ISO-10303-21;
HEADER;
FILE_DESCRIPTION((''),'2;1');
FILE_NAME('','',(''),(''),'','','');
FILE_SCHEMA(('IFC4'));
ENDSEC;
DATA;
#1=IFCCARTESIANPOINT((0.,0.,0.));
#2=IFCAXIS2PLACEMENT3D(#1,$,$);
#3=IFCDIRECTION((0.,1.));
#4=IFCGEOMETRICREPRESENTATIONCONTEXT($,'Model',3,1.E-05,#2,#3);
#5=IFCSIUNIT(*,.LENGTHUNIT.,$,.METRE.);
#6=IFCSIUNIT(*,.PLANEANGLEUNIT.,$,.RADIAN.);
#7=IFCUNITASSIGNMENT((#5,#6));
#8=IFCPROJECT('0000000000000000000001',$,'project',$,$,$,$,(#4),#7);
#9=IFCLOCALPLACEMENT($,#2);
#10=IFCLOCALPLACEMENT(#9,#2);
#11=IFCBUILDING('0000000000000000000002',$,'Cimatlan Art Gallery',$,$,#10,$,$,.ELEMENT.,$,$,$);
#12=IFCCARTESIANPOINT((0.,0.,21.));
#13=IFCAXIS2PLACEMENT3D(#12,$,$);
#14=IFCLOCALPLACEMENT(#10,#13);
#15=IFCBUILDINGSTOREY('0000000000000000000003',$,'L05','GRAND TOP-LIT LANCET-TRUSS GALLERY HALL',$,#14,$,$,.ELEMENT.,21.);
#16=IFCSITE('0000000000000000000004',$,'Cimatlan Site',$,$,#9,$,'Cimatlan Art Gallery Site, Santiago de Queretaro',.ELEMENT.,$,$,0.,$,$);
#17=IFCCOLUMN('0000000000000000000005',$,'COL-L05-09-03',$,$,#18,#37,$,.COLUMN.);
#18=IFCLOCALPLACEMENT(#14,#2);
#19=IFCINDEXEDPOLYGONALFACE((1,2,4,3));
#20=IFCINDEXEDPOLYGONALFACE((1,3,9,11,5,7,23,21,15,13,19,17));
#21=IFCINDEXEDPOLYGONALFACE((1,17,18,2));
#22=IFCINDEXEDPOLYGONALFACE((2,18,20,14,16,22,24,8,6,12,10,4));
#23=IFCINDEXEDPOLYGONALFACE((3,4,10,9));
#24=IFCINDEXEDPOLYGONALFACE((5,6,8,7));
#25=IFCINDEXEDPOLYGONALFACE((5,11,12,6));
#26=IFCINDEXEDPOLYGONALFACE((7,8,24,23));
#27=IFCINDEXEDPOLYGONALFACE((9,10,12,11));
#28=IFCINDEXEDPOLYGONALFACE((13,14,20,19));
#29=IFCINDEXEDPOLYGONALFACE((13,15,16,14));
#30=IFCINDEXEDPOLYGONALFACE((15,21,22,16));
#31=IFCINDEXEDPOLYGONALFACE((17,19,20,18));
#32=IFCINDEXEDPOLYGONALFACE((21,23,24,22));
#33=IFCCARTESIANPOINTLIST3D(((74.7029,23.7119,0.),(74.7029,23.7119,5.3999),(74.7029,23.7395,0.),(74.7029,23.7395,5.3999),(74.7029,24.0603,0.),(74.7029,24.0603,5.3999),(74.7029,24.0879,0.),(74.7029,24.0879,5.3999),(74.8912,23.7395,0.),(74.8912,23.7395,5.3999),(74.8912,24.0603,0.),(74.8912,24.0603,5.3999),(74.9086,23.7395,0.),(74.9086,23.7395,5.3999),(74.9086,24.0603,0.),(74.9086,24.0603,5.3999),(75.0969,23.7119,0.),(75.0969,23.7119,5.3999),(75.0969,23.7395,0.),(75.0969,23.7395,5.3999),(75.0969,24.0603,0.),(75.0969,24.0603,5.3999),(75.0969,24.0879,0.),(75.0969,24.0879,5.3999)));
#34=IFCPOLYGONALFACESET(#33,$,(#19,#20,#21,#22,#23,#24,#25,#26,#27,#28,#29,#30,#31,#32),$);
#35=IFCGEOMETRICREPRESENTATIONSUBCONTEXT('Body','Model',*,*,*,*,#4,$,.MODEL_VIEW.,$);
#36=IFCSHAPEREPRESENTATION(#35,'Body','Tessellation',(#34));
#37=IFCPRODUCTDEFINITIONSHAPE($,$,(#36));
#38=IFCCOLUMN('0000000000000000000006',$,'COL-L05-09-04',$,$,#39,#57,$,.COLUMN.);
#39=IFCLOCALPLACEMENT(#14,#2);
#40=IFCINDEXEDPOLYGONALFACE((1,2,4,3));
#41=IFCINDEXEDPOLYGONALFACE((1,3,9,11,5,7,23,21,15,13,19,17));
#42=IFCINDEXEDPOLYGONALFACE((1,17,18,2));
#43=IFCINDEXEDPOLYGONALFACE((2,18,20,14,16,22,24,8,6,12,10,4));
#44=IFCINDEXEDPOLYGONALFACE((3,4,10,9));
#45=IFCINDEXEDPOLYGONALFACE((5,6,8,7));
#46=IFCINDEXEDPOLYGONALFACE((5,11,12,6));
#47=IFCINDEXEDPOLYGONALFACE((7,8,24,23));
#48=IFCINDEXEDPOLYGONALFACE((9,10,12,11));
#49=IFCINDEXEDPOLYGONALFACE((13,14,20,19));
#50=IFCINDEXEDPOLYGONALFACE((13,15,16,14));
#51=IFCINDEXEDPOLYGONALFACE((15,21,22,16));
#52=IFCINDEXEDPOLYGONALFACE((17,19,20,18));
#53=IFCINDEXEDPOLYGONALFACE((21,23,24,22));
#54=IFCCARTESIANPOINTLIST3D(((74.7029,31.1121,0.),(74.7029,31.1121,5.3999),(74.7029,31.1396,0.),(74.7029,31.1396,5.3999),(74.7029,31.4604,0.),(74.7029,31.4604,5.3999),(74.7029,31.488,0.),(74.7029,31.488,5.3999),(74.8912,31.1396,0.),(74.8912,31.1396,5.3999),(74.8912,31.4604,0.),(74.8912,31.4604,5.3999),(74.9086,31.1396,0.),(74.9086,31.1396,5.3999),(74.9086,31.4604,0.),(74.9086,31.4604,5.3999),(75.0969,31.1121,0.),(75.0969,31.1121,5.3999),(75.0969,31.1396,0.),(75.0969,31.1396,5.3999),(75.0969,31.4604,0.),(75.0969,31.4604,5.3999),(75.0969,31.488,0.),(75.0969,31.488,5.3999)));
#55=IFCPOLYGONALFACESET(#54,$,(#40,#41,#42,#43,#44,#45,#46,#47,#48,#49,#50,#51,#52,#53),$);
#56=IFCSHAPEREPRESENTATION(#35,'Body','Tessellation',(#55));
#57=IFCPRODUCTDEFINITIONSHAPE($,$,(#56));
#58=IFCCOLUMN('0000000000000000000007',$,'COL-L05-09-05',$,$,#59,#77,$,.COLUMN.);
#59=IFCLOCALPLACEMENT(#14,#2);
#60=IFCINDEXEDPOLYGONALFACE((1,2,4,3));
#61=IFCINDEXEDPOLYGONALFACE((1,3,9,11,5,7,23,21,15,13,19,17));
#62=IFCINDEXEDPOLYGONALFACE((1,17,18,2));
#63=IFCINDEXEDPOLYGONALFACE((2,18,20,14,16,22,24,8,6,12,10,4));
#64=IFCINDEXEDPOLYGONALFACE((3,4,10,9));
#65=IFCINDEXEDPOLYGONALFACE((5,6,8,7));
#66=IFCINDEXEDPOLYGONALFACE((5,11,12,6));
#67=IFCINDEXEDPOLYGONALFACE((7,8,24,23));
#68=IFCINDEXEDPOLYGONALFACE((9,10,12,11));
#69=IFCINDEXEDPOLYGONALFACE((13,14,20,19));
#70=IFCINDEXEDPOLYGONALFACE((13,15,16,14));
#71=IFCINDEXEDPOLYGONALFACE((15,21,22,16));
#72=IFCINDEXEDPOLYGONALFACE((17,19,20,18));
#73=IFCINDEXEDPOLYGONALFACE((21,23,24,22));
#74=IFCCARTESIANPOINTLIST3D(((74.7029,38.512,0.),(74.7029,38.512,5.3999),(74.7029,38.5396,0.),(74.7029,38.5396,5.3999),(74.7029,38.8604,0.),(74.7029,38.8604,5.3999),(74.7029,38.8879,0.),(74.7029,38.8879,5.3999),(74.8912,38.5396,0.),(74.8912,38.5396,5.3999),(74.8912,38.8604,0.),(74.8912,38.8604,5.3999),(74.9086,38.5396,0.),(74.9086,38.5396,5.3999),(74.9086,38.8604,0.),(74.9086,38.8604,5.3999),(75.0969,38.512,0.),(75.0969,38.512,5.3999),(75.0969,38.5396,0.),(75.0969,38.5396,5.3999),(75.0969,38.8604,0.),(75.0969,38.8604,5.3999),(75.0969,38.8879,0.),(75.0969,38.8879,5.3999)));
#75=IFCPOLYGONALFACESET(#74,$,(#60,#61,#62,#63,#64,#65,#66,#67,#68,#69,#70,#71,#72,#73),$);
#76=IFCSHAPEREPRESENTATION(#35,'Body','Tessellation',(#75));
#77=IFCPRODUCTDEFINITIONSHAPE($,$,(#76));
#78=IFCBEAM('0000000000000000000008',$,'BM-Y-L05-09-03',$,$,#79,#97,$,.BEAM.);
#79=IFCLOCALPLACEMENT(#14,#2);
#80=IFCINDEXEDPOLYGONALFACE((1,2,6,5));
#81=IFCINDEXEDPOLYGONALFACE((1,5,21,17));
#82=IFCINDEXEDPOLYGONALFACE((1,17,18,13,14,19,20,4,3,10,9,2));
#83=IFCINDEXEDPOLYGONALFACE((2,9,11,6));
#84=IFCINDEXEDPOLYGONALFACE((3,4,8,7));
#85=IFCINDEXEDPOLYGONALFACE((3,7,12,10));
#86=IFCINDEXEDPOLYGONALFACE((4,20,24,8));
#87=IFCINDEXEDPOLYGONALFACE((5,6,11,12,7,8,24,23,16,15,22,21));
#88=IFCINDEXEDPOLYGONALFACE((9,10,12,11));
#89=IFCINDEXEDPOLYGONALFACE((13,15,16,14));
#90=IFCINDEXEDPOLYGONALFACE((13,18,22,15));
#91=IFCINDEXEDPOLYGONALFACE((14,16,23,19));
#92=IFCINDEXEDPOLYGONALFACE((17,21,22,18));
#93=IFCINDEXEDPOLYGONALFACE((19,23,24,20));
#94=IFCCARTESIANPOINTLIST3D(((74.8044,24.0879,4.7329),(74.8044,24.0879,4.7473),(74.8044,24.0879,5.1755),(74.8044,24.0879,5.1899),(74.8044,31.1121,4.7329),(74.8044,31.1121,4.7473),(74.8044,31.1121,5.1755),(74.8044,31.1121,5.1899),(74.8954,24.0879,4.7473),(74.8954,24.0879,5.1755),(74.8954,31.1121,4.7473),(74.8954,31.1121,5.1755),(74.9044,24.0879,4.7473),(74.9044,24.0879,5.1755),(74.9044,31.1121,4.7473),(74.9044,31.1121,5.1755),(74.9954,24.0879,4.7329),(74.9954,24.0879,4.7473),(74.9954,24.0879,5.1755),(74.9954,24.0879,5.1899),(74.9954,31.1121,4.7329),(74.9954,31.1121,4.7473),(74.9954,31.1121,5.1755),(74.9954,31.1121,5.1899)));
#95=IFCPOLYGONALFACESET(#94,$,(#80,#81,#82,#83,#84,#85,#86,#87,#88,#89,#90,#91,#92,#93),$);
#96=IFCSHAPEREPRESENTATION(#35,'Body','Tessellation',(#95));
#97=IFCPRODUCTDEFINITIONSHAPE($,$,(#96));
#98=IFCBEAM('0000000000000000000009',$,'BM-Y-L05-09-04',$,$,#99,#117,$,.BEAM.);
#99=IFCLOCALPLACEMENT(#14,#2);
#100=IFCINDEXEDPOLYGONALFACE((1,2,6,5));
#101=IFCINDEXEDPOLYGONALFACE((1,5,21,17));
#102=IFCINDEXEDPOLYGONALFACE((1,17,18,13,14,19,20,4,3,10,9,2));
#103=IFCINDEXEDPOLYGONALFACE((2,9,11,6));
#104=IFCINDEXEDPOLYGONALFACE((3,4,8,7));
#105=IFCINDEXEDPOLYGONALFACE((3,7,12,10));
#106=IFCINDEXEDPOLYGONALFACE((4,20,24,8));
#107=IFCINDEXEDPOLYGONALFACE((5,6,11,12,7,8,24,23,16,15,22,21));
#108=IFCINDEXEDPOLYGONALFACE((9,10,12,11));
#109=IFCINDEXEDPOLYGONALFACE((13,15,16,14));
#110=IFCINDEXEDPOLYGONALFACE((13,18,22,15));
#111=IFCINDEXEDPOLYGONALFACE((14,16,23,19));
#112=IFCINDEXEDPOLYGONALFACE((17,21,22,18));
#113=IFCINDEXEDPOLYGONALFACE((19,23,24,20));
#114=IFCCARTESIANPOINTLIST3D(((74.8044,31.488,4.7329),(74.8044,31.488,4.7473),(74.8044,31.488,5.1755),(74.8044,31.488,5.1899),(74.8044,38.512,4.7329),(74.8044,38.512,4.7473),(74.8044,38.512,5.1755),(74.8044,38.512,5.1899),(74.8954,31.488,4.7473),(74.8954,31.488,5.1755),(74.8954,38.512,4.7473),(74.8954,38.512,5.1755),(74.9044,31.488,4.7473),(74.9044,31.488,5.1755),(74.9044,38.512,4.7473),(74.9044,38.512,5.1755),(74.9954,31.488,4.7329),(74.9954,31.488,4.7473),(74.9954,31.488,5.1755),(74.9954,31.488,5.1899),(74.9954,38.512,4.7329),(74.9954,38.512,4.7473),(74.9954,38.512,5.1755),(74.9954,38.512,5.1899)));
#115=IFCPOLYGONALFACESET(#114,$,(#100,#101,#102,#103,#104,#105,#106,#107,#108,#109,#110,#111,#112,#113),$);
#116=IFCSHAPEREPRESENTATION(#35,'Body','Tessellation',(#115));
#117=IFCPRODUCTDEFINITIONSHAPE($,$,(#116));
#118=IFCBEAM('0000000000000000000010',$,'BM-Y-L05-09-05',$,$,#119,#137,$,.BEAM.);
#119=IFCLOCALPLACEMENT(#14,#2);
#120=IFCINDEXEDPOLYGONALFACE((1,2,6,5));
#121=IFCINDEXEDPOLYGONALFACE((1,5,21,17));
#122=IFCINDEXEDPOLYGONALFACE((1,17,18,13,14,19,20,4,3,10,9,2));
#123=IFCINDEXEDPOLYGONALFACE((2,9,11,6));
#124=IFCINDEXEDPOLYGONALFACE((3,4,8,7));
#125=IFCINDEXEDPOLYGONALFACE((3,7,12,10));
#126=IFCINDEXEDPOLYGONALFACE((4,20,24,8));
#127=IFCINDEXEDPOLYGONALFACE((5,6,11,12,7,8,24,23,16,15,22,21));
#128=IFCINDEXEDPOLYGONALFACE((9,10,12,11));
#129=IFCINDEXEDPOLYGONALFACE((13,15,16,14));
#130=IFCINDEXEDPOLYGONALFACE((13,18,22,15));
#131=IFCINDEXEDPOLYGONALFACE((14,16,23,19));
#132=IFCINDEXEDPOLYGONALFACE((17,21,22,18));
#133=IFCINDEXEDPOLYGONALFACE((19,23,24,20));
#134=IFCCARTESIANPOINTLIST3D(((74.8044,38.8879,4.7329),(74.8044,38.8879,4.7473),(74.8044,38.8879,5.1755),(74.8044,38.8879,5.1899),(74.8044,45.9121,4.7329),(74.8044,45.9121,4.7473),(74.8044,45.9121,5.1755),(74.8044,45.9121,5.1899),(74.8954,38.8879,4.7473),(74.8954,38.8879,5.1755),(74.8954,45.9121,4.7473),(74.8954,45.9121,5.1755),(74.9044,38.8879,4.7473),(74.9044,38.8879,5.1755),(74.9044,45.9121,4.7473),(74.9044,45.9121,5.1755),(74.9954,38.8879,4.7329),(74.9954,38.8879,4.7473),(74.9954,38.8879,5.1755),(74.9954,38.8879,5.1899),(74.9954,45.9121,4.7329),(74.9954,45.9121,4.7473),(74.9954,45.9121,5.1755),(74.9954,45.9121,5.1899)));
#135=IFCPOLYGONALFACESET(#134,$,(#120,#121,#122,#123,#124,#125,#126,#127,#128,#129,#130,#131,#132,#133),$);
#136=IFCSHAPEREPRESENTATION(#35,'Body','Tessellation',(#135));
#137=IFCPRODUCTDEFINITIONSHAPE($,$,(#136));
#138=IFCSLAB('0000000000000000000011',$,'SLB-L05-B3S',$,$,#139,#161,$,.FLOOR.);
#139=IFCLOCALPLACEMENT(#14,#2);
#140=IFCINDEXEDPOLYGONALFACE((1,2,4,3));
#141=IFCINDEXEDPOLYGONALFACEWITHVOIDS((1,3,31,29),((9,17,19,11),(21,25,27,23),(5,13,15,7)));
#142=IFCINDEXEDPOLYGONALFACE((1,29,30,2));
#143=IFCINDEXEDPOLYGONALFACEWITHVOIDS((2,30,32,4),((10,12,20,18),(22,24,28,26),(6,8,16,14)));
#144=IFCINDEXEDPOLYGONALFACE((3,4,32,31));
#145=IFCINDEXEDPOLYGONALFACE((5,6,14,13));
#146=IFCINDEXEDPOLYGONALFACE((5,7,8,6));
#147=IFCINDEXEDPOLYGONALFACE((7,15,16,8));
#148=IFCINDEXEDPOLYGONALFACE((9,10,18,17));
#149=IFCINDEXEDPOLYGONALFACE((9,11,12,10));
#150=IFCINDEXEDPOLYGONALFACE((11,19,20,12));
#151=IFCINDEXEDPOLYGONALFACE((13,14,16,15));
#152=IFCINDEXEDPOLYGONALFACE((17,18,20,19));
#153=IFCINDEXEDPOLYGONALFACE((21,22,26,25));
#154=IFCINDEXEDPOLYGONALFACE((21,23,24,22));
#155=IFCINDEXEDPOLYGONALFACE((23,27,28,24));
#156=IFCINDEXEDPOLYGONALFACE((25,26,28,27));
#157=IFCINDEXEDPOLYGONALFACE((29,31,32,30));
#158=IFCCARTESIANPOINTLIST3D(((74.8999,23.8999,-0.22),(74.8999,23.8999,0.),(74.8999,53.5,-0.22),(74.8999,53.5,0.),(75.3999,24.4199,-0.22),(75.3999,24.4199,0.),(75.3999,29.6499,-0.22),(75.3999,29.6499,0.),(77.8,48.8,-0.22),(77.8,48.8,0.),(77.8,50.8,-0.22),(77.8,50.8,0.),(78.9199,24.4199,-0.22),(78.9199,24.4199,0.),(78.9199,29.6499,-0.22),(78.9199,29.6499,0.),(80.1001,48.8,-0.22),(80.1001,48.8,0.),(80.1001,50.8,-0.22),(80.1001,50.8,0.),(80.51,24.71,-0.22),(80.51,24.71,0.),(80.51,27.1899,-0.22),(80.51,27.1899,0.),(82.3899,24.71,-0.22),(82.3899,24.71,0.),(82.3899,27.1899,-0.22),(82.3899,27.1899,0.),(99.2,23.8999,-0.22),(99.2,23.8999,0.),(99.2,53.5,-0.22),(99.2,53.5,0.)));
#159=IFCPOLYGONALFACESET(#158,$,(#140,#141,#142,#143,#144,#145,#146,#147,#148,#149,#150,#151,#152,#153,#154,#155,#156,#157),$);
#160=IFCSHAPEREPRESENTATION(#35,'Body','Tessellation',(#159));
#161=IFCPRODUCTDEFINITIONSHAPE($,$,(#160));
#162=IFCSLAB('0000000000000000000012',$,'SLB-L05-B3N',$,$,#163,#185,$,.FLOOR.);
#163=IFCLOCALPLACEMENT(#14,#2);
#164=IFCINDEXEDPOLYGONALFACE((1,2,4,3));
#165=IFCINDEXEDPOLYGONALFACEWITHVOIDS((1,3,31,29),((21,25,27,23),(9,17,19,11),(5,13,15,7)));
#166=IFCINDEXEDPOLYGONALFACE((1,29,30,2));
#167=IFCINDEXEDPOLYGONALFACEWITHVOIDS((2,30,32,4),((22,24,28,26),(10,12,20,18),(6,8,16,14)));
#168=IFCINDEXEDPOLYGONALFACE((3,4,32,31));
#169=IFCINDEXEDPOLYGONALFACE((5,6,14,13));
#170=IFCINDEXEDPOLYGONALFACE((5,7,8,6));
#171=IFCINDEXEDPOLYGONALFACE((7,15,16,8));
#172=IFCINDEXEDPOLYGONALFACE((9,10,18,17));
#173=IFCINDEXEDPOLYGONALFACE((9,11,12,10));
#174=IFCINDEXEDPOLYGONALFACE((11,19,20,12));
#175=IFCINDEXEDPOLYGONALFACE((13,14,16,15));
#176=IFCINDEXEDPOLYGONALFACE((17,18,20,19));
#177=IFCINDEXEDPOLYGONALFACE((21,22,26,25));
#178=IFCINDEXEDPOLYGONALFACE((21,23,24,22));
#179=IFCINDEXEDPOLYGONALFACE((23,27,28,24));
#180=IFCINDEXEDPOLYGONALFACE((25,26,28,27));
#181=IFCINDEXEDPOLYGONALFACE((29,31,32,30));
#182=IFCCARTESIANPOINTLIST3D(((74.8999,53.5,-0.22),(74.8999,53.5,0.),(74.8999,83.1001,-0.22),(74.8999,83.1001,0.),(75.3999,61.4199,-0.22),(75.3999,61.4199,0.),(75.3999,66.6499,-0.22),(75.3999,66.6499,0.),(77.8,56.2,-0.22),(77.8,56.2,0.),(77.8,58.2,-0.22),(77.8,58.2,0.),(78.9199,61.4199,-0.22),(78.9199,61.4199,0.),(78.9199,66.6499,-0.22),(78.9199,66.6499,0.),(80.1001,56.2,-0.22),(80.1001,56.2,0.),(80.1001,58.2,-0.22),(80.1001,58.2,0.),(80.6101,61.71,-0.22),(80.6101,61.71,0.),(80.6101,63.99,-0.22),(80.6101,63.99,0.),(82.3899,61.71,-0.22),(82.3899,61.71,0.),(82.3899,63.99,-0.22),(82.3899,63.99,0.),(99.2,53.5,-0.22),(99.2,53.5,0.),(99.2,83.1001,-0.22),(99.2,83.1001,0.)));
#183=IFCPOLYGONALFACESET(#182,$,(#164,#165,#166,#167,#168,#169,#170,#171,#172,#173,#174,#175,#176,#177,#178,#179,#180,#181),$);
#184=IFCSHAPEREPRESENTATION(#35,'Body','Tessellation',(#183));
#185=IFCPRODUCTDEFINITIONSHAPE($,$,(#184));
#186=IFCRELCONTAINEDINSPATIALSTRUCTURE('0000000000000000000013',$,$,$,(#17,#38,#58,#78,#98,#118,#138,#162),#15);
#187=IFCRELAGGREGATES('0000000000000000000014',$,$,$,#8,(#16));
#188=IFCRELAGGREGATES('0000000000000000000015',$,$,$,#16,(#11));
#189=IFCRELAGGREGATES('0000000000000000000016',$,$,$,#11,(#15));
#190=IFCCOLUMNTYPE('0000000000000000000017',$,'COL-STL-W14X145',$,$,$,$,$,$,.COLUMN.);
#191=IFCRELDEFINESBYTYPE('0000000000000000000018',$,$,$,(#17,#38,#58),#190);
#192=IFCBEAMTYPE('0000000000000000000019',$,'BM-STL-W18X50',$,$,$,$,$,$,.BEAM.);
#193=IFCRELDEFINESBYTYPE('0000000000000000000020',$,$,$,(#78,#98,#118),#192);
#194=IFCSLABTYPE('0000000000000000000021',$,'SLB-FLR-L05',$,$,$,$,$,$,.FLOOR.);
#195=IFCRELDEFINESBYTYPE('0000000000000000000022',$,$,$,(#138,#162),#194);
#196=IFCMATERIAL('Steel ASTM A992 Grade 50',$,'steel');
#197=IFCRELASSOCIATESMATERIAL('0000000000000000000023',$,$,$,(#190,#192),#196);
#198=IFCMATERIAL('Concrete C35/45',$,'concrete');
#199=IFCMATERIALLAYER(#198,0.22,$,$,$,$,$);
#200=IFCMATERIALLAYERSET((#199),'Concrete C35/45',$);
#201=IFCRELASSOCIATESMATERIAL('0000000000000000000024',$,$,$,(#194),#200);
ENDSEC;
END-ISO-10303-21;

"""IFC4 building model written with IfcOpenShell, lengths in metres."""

from ifc_helpers import new_model, si_unit, direction, frame, origin, origin_2d, place, context, subcontext, project, spatial, polyline, i_section, outline, extrude, material, layer, layer_set, material_profile, profile_set, type_object, element, save


model = new_model("IFC4")

# Units and contexts
model_context = context("Model", 3, precision=1e-05, world=origin(), true_north=direction((0.0, 1.0)))
body_context = subcontext(model_context, "Body", "Model", "MODEL_VIEW")
ifc_project = project(units=[si_unit("LENGTHUNIT", "METRE"), si_unit("PLANEANGLEUNIT", "RADIAN")], contexts=[model_context])

# Site, building, storey
site_placement = place(None, origin())
site = spatial("IfcSite", under=ifc_project, at=site_placement, Name="Cimatlan Site", LongName="Cimatlan Art Gallery Site, Santiago de Queretaro", CompositionType="ELEMENT", RefElevation=0.0)
building_placement = place(site_placement, origin())
building = spatial("IfcBuilding", under=site, at=building_placement, Name="Cimatlan Art Gallery", CompositionType="ELEMENT")
storey_placement = place(building_placement, frame((0.0, 0.0, 21.0)))
storey = spatial("IfcBuildingStorey", under=building, at=storey_placement, Name="L05", Description="GRAND TOP-LIT LANCET-TRUSS GALLERY HALL", CompositionType="ELEMENT", Elevation=21.0)

# Columns
ifc_material_1 = material(Name="Steel ASTM A992 Grade 50", Category="steel")
ifc_material_profile_1 = material_profile(ifc_material_1, i_section(OverallWidth=0.394, OverallDepth=0.376, WebThickness=0.0173, FlangeThickness=0.0276, at=origin_2d()), Name="W14X145")
ifc_profile_set_1 = profile_set([ifc_material_profile_1], Name="Steel ASTM A992 Grade 50")
column_type = type_object("IfcColumnType", Name="COL-STL-W14X145", PredefinedType="COLUMN", material=ifc_profile_set_1)
for number, where, z_axis, x_axis, name in (
    (1, (74.8999, 23.8999, 0.0), (0.0, 0.0, 1.0), (1.0, 0.0, 0.0), "COL-L05-09-03"),
    (2, (74.8999, 31.3, 0.0), (0.0, 0.0, 1.0), (1.0, 0.0, 0.0), "COL-L05-09-04"),
    (3, (74.8999, 38.7, 0.0), (0.0, 0.0, 1.0), (1.0, 0.0, 0.0), "COL-L05-09-05"),
):
    element("IfcColumn", number, at=place(storey_placement, frame(where, z_axis=z_axis, x_axis=x_axis)), inside=storey, type_object=column_type, Name=name, PredefinedType="COLUMN", context=body_context, shape_type="SweptSolid", body=[
        extrude(i_section(OverallWidth=0.394, OverallDepth=0.376, WebThickness=0.0173, FlangeThickness=0.0276, at=origin_2d()), origin(), (0.0, 0.0, 1.0), 5.3999),
    ])

# Beams
ifc_material_profile_2 = material_profile(ifc_material_1, i_section(OverallWidth=0.1909, OverallDepth=0.457, WebThickness=0.009, FlangeThickness=0.0144, at=origin_2d()), Name="W18X50")
ifc_profile_set_2 = profile_set([ifc_material_profile_2], Name="Steel ASTM A992 Grade 50")
beam_type = type_object("IfcBeamType", Name="BM-STL-W18X50", PredefinedType="BEAM", material=ifc_profile_set_2)
beam_1_placement = place(storey_placement, frame((74.8999, 24.0879, 4.9614), z_axis=(0.0, 1.0, 0.0), x_axis=(-1.0, 0.0, 0.0)))
element("IfcBeam", 4, at=beam_1_placement, inside=storey, type_object=beam_type, Name="BM-Y-L05-09-03", PredefinedType="BEAM", context=body_context, shape_type="SweptSolid", body=[
    extrude(i_section(OverallWidth=0.1909, OverallDepth=0.457, WebThickness=0.009, FlangeThickness=0.0144, at=origin_2d()), origin(), (0.0, 0.0, 1.0), 7.0242),
])
beam_2_placement = place(storey_placement, frame((74.8999, 31.488, 4.9614), z_axis=(0.0, 1.0, 0.0), x_axis=(-1.0, 0.0, 0.0)))
element("IfcBeam", 5, at=beam_2_placement, inside=storey, type_object=beam_type, Name="BM-Y-L05-09-04", PredefinedType="BEAM", context=body_context, shape_type="SweptSolid", body=[
    extrude(i_section(OverallWidth=0.1909, OverallDepth=0.457, WebThickness=0.009, FlangeThickness=0.0144, at=origin_2d()), origin(), (0.0, 0.0, 1.0), 7.0239),
])
beam_3_placement = place(storey_placement, frame((74.8999, 38.8879, 4.9614), z_axis=(0.0, 1.0, 0.0), x_axis=(-1.0, 0.0, 0.0)))
element("IfcBeam", 6, at=beam_3_placement, inside=storey, type_object=beam_type, Name="BM-Y-L05-09-05", PredefinedType="BEAM", context=body_context, shape_type="SweptSolid", body=[
    extrude(i_section(OverallWidth=0.1909, OverallDepth=0.457, WebThickness=0.009, FlangeThickness=0.0144, at=origin_2d()), origin(), (0.0, 0.0, 1.0), 7.0242),
])

# Slabs
ifc_material_2 = material(Name="Concrete C35/45", Category="concrete")
ifc_layer_1 = layer(ifc_material_2, 0.22)
ifc_layer_set_1 = layer_set([ifc_layer_1], Name="Concrete C35/45")
slab_type_1 = type_object("IfcSlabType", Name="SLB-FLR-L05", PredefinedType="FLOOR", material=ifc_layer_set_1)
slab_1_placement = place(storey_placement, frame((0.0, 0.0, -0.22)))
element("IfcSlab", 7, at=slab_1_placement, inside=storey, type_object=slab_type_1, Name="SLB-L05-B3S", PredefinedType="FLOOR", context=body_context, shape_type="SweptSolid", body=[
    extrude(outline(polyline([(74.8999, 23.8999), (99.2, 23.8999), (99.2, 53.5), (74.8999, 53.5), (74.8999, 23.8999)]), holes=[polyline([(75.3999, 24.4199), (78.9199, 24.4199), (78.9199, 29.6499), (75.3999, 29.6499), (75.3999, 24.4199)]), polyline([(80.51, 24.71), (82.3899, 24.71), (82.3899, 27.1899), (80.51, 27.1899), (80.51, 24.71)]), polyline([(77.8, 48.8), (80.1001, 48.8), (80.1001, 50.8), (77.8, 50.8), (77.8, 48.8)])]), origin(), (0.0, 0.0, 1.0), 0.22),
])
slab_2_placement = place(storey_placement, frame((0.0, 0.0, -0.22)))
element("IfcSlab", 8, at=slab_2_placement, inside=storey, type_object=slab_type_1, Name="SLB-L05-B3N", PredefinedType="FLOOR", context=body_context, shape_type="SweptSolid", body=[
    extrude(outline(polyline([(74.8999, 53.5), (99.2, 53.5), (99.2, 83.1001), (74.8999, 83.1001), (74.8999, 53.5)]), holes=[polyline([(75.3999, 61.4199), (78.9199, 61.4199), (78.9199, 66.6499), (75.3999, 66.6499), (75.3999, 61.4199)]), polyline([(80.6101, 61.71), (82.3899, 61.71), (82.3899, 63.99), (80.6101, 63.99), (80.6101, 61.71)]), polyline([(77.8, 56.2), (80.1001, 56.2), (80.1001, 58.2), (77.8, 58.2), (77.8, 56.2)])]), origin(), (0.0, 0.0, 1.0), 0.22),
])

save(model, "model.ifc")
